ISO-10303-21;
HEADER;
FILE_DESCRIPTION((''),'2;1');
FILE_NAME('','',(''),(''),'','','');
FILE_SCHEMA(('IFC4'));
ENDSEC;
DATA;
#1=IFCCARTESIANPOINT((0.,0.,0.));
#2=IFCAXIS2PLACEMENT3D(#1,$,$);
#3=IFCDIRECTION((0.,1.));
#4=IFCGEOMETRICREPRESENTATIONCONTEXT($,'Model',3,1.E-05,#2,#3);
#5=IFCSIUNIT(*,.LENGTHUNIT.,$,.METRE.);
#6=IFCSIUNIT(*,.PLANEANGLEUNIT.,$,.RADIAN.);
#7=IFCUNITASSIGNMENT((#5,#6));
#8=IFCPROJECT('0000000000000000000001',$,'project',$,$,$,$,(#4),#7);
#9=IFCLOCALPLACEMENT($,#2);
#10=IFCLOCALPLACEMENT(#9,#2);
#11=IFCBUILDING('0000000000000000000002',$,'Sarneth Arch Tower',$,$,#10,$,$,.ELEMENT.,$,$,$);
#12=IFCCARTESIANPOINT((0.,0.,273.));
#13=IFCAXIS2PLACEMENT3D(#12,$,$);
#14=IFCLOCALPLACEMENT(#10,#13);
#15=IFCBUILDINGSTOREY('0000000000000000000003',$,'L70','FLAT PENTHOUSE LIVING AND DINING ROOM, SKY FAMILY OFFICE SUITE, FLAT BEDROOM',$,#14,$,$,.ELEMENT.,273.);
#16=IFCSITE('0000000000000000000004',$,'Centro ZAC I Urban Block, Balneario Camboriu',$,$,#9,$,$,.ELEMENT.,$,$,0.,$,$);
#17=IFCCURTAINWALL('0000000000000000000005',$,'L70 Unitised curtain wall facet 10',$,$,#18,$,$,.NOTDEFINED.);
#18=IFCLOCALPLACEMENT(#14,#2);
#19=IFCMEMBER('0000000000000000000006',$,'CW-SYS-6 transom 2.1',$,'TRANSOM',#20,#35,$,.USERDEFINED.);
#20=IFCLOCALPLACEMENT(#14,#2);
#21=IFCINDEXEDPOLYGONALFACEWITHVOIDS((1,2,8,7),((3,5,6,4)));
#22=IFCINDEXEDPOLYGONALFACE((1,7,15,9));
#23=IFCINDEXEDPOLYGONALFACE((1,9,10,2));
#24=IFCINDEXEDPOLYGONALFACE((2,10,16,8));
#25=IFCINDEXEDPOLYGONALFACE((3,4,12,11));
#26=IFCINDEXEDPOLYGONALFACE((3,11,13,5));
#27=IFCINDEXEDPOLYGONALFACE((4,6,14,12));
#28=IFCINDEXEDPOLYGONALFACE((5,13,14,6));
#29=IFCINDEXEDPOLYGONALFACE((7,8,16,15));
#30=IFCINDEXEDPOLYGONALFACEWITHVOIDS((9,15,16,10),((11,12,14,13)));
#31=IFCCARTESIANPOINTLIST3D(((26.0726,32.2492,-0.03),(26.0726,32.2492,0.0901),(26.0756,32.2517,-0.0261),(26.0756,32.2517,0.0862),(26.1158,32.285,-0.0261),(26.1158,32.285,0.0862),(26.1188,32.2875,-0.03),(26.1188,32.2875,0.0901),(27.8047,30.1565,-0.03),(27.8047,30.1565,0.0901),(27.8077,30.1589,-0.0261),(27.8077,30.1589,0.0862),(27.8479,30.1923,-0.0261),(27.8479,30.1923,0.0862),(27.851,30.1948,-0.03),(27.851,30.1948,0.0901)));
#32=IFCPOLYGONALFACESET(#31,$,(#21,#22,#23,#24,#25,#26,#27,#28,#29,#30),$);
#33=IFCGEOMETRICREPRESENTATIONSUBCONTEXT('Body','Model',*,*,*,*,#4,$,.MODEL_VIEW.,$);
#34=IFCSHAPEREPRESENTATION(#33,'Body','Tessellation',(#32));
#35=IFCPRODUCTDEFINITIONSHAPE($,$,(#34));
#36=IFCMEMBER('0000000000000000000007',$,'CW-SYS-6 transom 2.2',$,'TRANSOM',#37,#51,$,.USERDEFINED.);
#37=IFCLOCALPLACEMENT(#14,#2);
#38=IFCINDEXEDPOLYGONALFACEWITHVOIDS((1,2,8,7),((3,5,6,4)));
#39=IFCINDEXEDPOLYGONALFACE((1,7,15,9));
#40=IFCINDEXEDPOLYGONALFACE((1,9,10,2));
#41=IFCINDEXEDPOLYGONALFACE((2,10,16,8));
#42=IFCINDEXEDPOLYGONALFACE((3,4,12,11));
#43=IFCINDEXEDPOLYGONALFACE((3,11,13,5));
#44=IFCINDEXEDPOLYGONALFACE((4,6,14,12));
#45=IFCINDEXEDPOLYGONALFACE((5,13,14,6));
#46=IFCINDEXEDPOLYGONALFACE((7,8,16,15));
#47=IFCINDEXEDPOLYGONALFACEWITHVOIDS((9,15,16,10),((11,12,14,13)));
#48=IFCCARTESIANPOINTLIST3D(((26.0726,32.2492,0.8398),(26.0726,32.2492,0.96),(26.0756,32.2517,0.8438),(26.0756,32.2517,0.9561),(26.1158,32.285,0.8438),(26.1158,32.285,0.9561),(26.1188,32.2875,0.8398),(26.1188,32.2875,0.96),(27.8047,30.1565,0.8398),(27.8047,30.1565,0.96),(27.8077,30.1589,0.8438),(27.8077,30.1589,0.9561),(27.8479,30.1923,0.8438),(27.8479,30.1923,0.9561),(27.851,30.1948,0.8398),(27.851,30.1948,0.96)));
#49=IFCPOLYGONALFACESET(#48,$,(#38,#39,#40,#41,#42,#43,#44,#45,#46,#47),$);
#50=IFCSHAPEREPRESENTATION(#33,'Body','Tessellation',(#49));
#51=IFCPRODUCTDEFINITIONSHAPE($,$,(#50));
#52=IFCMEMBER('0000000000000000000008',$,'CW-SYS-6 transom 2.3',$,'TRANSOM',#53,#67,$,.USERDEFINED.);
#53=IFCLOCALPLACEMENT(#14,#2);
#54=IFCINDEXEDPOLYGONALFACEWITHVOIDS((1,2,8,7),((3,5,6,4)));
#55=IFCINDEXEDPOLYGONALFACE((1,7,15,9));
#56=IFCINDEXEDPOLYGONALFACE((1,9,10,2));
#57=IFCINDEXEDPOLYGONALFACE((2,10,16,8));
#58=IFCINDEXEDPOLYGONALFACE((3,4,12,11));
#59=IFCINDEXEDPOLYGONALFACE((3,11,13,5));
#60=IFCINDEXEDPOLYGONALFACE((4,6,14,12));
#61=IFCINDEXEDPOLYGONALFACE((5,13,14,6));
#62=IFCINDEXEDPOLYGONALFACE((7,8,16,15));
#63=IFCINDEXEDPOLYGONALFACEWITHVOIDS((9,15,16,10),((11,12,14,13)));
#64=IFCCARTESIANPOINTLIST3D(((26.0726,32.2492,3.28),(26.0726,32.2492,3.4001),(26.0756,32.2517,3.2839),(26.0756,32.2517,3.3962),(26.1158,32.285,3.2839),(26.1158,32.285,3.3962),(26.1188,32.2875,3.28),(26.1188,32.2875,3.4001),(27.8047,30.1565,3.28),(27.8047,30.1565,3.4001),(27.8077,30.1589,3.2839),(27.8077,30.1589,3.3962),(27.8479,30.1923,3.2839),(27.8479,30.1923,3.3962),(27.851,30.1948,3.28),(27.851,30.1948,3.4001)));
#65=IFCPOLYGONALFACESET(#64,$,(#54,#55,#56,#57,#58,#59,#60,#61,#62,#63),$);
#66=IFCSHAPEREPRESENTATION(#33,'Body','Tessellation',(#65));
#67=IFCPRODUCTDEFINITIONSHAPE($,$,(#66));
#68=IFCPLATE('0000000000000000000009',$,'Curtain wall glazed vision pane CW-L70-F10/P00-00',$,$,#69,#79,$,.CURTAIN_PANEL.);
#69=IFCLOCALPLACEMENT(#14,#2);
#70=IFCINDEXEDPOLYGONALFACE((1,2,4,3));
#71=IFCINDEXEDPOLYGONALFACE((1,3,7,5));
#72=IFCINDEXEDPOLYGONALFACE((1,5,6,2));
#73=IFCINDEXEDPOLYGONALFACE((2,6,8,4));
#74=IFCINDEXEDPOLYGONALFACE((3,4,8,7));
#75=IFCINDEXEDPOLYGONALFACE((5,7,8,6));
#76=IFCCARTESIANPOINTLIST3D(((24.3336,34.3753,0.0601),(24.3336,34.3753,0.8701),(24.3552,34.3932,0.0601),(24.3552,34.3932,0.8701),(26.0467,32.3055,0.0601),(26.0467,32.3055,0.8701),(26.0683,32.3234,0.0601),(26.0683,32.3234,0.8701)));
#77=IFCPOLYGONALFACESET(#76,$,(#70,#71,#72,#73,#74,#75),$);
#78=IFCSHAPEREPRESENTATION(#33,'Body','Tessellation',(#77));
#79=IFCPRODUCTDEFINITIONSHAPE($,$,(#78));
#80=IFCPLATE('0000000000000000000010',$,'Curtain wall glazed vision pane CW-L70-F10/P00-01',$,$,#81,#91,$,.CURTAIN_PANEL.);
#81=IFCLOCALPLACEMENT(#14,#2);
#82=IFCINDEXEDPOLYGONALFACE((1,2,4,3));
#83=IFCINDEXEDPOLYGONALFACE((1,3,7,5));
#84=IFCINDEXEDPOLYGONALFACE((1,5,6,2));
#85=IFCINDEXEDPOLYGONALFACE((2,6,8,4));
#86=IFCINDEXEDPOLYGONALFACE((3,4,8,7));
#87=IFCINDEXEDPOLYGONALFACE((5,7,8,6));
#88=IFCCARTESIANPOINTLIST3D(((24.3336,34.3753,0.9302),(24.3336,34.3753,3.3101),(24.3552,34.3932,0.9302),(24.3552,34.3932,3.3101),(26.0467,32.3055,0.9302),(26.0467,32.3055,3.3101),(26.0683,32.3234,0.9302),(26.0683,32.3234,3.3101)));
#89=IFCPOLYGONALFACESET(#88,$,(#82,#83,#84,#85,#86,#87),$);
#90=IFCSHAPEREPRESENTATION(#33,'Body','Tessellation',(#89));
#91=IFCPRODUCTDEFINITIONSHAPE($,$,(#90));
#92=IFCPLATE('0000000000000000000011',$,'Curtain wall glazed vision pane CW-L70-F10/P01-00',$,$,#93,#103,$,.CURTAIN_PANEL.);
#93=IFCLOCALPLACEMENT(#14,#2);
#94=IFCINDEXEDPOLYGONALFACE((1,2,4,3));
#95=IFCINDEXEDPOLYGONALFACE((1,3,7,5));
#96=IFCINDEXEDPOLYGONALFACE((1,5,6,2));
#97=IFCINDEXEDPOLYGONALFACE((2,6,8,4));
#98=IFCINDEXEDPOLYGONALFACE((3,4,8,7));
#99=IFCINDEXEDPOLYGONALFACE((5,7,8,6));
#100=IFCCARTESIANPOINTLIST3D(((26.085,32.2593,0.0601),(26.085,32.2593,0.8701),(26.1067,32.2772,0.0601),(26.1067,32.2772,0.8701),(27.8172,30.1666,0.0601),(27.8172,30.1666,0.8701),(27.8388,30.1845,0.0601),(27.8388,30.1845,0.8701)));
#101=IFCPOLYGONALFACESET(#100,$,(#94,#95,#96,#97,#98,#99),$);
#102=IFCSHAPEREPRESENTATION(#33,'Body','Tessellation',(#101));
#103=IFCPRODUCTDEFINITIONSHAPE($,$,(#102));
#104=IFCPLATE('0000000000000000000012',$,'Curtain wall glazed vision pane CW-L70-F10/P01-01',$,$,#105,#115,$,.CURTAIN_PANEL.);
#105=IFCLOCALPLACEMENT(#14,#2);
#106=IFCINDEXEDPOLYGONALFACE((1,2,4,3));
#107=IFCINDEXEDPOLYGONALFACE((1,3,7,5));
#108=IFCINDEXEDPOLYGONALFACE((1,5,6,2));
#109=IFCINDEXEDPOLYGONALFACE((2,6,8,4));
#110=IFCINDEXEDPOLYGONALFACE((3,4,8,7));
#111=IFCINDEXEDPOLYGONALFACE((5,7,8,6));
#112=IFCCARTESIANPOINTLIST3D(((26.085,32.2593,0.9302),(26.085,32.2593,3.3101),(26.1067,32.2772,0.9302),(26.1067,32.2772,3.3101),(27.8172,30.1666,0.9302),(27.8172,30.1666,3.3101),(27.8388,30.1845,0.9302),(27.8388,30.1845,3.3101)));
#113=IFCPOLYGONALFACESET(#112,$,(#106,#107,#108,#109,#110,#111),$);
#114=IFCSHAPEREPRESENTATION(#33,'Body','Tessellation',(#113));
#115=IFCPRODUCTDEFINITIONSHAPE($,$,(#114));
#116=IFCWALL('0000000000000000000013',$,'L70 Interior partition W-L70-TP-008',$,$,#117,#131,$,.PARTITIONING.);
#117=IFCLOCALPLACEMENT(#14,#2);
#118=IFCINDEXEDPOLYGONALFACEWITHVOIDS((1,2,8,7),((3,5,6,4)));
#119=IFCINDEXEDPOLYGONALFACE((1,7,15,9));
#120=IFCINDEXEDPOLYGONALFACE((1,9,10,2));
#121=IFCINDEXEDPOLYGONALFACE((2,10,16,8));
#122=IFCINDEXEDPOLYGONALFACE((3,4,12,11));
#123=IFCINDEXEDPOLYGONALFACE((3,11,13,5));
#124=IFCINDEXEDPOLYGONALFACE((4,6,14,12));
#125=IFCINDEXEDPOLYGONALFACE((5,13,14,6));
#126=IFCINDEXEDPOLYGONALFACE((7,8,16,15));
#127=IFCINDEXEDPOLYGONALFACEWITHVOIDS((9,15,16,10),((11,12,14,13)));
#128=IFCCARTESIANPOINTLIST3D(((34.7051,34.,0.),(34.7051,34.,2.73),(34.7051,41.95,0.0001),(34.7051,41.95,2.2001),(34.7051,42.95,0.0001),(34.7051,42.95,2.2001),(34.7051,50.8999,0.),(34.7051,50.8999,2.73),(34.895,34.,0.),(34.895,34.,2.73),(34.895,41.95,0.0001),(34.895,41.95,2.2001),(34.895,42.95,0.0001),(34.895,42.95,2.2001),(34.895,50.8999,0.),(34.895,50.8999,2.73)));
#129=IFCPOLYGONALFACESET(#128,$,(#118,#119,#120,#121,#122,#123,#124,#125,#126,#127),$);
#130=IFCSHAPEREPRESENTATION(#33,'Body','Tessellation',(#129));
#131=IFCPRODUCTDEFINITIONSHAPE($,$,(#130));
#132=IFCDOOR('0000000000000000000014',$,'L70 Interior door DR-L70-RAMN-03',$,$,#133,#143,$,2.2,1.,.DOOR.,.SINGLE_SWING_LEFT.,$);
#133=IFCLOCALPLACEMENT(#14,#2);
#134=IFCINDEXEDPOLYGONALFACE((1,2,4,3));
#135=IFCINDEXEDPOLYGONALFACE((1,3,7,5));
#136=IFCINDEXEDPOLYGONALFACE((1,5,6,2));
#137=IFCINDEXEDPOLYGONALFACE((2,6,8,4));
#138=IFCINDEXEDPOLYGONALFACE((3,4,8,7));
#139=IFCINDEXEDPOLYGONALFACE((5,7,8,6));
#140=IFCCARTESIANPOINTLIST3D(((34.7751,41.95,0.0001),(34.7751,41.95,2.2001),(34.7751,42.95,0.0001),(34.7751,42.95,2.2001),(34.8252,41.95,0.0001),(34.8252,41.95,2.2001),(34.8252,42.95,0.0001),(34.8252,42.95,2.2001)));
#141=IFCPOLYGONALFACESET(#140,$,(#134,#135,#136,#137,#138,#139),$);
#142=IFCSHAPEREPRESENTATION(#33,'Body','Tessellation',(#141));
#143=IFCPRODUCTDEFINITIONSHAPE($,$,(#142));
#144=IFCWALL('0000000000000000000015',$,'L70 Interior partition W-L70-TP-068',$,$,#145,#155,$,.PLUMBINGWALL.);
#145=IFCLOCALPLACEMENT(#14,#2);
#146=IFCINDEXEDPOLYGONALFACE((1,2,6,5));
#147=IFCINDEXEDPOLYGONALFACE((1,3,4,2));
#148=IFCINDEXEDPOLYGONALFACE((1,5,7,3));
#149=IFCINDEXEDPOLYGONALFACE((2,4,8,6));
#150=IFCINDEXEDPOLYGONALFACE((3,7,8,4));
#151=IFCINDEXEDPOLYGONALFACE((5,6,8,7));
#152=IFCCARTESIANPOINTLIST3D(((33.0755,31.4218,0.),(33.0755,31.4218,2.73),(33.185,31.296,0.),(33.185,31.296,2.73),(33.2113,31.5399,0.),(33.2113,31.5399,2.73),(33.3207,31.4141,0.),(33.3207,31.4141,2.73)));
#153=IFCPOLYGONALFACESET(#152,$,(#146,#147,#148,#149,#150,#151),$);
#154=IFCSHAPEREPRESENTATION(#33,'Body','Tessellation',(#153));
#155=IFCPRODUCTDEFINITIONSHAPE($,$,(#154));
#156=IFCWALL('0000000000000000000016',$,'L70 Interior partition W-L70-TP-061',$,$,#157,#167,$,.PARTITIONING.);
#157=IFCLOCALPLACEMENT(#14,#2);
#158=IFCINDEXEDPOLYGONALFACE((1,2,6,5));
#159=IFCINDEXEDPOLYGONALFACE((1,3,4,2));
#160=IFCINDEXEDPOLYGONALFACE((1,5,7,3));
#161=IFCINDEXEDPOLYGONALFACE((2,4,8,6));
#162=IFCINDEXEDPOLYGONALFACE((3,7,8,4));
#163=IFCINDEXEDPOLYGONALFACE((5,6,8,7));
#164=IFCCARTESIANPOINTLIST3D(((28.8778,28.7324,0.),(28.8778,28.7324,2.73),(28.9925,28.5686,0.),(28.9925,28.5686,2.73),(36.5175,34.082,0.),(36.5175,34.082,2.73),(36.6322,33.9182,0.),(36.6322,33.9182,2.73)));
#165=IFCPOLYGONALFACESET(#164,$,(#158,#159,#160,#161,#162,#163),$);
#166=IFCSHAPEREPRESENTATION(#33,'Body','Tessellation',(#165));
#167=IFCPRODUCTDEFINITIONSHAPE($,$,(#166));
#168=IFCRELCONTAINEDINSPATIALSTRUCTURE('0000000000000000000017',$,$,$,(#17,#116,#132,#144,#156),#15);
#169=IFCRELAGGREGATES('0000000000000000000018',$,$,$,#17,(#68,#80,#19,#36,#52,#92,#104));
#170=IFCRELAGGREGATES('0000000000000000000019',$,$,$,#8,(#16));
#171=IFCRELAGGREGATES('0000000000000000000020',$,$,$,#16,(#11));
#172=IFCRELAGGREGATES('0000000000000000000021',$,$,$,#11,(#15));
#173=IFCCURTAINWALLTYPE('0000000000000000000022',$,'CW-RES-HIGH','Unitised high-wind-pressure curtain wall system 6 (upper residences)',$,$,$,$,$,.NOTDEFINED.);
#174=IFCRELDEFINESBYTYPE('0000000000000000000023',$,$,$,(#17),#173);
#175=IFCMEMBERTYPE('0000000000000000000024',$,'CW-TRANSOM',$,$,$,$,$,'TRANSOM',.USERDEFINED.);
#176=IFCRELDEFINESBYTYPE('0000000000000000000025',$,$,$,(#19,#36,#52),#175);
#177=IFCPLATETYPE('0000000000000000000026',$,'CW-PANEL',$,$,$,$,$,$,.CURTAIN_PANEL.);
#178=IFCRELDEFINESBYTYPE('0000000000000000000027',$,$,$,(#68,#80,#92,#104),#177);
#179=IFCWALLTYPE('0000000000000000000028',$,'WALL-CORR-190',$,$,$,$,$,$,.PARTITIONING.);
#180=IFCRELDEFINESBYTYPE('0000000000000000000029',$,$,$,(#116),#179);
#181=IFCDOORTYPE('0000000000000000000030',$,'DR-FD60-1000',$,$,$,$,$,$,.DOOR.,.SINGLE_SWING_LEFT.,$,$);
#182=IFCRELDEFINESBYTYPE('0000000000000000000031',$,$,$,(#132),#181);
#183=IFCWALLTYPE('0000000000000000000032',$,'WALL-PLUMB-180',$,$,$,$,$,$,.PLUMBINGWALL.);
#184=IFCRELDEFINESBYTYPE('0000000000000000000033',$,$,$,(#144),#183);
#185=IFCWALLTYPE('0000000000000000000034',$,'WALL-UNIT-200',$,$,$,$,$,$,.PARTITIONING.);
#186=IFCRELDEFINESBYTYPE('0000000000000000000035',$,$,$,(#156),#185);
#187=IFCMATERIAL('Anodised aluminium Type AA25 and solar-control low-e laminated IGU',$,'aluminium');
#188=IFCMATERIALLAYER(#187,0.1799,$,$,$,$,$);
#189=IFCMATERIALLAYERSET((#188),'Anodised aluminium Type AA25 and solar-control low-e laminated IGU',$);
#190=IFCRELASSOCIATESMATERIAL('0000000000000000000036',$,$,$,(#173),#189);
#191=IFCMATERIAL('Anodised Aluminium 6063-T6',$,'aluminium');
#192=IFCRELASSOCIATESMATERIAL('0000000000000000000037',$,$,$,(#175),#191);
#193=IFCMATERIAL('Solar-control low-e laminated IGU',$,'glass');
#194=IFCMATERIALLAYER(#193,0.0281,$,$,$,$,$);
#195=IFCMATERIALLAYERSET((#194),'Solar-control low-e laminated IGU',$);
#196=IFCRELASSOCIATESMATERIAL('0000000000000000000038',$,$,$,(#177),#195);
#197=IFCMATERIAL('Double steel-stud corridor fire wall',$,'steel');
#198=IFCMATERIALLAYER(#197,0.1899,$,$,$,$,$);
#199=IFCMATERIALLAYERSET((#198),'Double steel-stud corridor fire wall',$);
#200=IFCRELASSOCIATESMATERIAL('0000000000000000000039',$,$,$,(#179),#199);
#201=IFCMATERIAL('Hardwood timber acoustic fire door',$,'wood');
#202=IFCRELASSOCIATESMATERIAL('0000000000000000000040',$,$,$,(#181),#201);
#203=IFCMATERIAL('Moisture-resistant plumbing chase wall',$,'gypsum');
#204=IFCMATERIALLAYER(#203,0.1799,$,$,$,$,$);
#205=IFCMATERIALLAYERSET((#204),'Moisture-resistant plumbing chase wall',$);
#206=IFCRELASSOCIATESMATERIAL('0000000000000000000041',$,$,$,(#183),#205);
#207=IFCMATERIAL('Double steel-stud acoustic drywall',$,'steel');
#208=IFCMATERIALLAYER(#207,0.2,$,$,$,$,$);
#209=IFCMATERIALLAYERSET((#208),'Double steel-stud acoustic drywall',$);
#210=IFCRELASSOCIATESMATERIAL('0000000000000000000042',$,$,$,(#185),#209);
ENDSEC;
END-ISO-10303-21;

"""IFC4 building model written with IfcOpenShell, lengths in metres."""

from ifc_helpers import new_model, si_unit, direction, frame, frame_2d, origin, origin_2d, place, context, subcontext, project, spatial, rectangle, hollow_rectangle, extrude, material, layer, layer_set, material_profile, profile_set, type_object, element, fill, aggregate, save


model = new_model("IFC4")

# Units and contexts
model_context = context("Model", 3, precision=1e-05, world=origin(), true_north=direction((0.0, 1.0)))
body_context = subcontext(model_context, "Body", "Model", "MODEL_VIEW")
ifc_project = project(units=[si_unit("LENGTHUNIT", "METRE"), si_unit("PLANEANGLEUNIT", "RADIAN")], contexts=[model_context])

# Site, building, storey
site_placement = place(None, origin())
site = spatial("IfcSite", under=ifc_project, at=site_placement, Name="Centro ZAC I Urban Block, Balneario Camboriu", CompositionType="ELEMENT", RefElevation=0.0)
building_placement = place(site_placement, origin())
building = spatial("IfcBuilding", under=site, at=building_placement, Name="Sarneth Arch Tower", CompositionType="ELEMENT")
storey_placement = place(building_placement, frame((0.0, 0.0, 273.0)))
storey = spatial("IfcBuildingStorey", under=building, at=storey_placement, Name="L70", Description="FLAT PENTHOUSE LIVING AND DINING ROOM, SKY FAMILY OFFICE SUITE, FLAT BEDROOM", CompositionType="ELEMENT", Elevation=273.0)

# Curtain wall, members, plates
ifc_material_1 = material(Name="Anodised aluminium Type AA25 and solar-control low-e laminated IGU", Category="aluminium")
ifc_layer_1 = layer(ifc_material_1, 0.1799)
ifc_layer_set_1 = layer_set([ifc_layer_1], Name="Anodised aluminium Type AA25 and solar-control low-e laminated IGU")
curtain_wall_type = type_object("IfcCurtainWallType", Name="CW-RES-HIGH", Description="Unitised high-wind-pressure curtain wall system 6 (upper residences)", PredefinedType="NOTDEFINED", material=ifc_layer_set_1)
curtain_wall_placement = place(storey_placement, origin())
curtain_wall = element("IfcCurtainWall", 1, at=curtain_wall_placement, inside=storey, type_object=curtain_wall_type, Name="L70 Unitised curtain wall facet 10", PredefinedType="NOTDEFINED")
ifc_material_2 = material(Name="Anodised Aluminium 6063-T6", Category="aluminium")
ifc_material_profile_1 = material_profile(ifc_material_2, hollow_rectangle(XDim=0.0601, YDim=0.1201, WallThickness=0.0039, at=origin_2d()), Name="AL-TRAN-120x60x4")
ifc_profile_set_1 = profile_set([ifc_material_profile_1], Name="Anodised Aluminium 6063-T6")
member_type_1 = type_object("IfcMemberType", Name="CW-TRANSOM", ElementType="TRANSOM", PredefinedType="USERDEFINED", material=ifc_profile_set_1)
member_1_placement = place(storey_placement, frame((26.0957, 32.2683, 0.03), z_axis=(0.637617, -0.770353, 0.0), x_axis=(0.770353, 0.637617, 0.0)))
member_1 = element("IfcMember", 2, at=member_1_placement, type_object=member_type_1, Name="CW-SYS-6 transom 2.1", ObjectType="TRANSOM", PredefinedType="USERDEFINED", context=body_context, shape_type="SweptSolid", body=[
    extrude(hollow_rectangle(XDim=0.0601, YDim=0.1201, WallThickness=0.0039, at=origin_2d()), origin(), (0.0, 0.0, 1.0), 2.7166),
])
member_2_placement = place(storey_placement, frame((26.0957, 32.2683, 0.8999), z_axis=(0.637617, -0.770353, 0.0), x_axis=(0.770353, 0.637617, 0.0)))
member_2 = element("IfcMember", 3, at=member_2_placement, type_object=member_type_1, Name="CW-SYS-6 transom 2.2", ObjectType="TRANSOM", PredefinedType="USERDEFINED", context=body_context, shape_type="SweptSolid", body=[
    extrude(hollow_rectangle(XDim=0.0601, YDim=0.1201, WallThickness=0.0039, at=origin_2d()), origin(), (0.0, 0.0, 1.0), 2.7166),
])
member_3_placement = place(storey_placement, frame((26.0957, 32.2683, 3.3401), z_axis=(0.637617, -0.770353, 0.0), x_axis=(0.770353, 0.637617, 0.0)))
member_3 = element("IfcMember", 4, at=member_3_placement, type_object=member_type_1, Name="CW-SYS-6 transom 2.3", ObjectType="TRANSOM", PredefinedType="USERDEFINED", context=body_context, shape_type="SweptSolid", body=[
    extrude(hollow_rectangle(XDim=0.0601, YDim=0.1201, WallThickness=0.0039, at=origin_2d()), origin(), (0.0, 0.0, 1.0), 2.7166),
])
ifc_material_3 = material(Name="Solar-control low-e laminated IGU", Category="glass")
ifc_layer_2 = layer(ifc_material_3, 0.0281)
ifc_layer_set_2 = layer_set([ifc_layer_2], Name="Solar-control low-e laminated IGU")
plate_type = type_object("IfcPlateType", Name="CW-PANEL", PredefinedType="CURTAIN_PANEL", material=ifc_layer_set_2)
plate_1_placement = place(storey_placement, frame((25.2009, 33.3494, 0.0601), z_axis=(0.0, 0.0, 1.0), x_axis=(0.63761, -0.770359, 0.0)))
plate_1 = element("IfcPlate", 5, at=plate_1_placement, type_object=plate_type, Name="Curtain wall glazed vision pane CW-L70-F10/P00-00", PredefinedType="CURTAIN_PANEL", context=body_context, shape_type="SweptSolid", body=[
    extrude(rectangle(XDim=2.6868, YDim=0.0281, at=origin_2d()), origin(), (0.0, 0.0, 1.0), 0.8101),
])
plate_2_placement = place(storey_placement, frame((25.2009, 33.3494, 0.9302), z_axis=(0.0, 0.0, 1.0), x_axis=(0.63761, -0.770359, 0.0)))
plate_2 = element("IfcPlate", 6, at=plate_2_placement, type_object=plate_type, Name="Curtain wall glazed vision pane CW-L70-F10/P00-01", PredefinedType="CURTAIN_PANEL", context=body_context, shape_type="SweptSolid", body=[
    extrude(rectangle(XDim=2.6868, YDim=0.0281, at=origin_2d()), origin(), (0.0, 0.0, 1.0), 2.3799),
])
plate_3_placement = place(storey_placement, frame((26.9619, 31.2219, 0.0601), z_axis=(0.0, 0.0, 1.0), x_axis=(0.63761, -0.770359, 0.0)))
plate_3 = element("IfcPlate", 7, at=plate_3_placement, type_object=plate_type, Name="Curtain wall glazed vision pane CW-L70-F10/P01-00", PredefinedType="CURTAIN_PANEL", context=body_context, shape_type="SweptSolid", body=[
    extrude(rectangle(XDim=2.7166, YDim=0.0281, at=origin_2d()), origin(), (0.0, 0.0, 1.0), 0.8101),
])
plate_4_placement = place(storey_placement, frame((26.9619, 31.2219, 0.9302), z_axis=(0.0, 0.0, 1.0), x_axis=(0.63761, -0.770359, 0.0)))
plate_4 = element("IfcPlate", 8, at=plate_4_placement, type_object=plate_type, Name="Curtain wall glazed vision pane CW-L70-F10/P01-01", PredefinedType="CURTAIN_PANEL", context=body_context, shape_type="SweptSolid", body=[
    extrude(rectangle(XDim=2.7166, YDim=0.0281, at=origin_2d()), origin(), (0.0, 0.0, 1.0), 2.3799),
])
aggregate(curtain_wall, [plate_1, plate_2, member_1, member_2, member_3, plate_3, plate_4])

# Wall, opening, door
ifc_material_4 = material(Name="Double steel-stud corridor fire wall", Category="steel")
ifc_layer_3 = layer(ifc_material_4, 0.1899)
ifc_layer_set_3 = layer_set([ifc_layer_3], Name="Double steel-stud corridor fire wall")
wall_type_1 = type_object("IfcWallType", Name="WALL-CORR-190", PredefinedType="PARTITIONING", material=ifc_layer_set_3)
wall_1_placement = place(storey_placement, frame((34.8, 34.0, 0.0), z_axis=(0.0, 0.0, 1.0), x_axis=(0.0, 1.0, 0.0)))
wall_1 = element("IfcWall", 9, at=wall_1_placement, inside=storey, type_object=wall_type_1, Name="L70 Interior partition W-L70-TP-008", PredefinedType="PARTITIONING", context=body_context, shape_type="SweptSolid", body=[
    extrude(rectangle(XDim=16.8999, YDim=0.1899, at=frame_2d((8.45, 0.0))), origin(), (0.0, 0.0, 1.0), 2.73),
])
opening_placement = place(wall_1_placement, frame((7.95, 0.0, 0.0)))
opening = element("IfcOpeningElement", 10, at=opening_placement, cuts=wall_1, PredefinedType="OPENING", context=body_context, shape_type="SweptSolid", body=[
    extrude(rectangle(XDim=1.0, YDim=2.2, at=frame_2d((0.5, 1.1001))), frame((0.0, 0.105, 0.0), z_axis=(0.0, -1.0, 0.0), x_axis=(1.0, 0.0, 0.0)), (0.0, 0.0, 1.0), 0.21),
])
ifc_material_5 = material(Name="Hardwood timber acoustic fire door", Category="wood")
door_type = type_object("IfcDoorType", Name="DR-FD60-1000", OperationType="SINGLE_SWING_LEFT", PredefinedType="DOOR", material=ifc_material_5)
door_placement = place(opening_placement, origin())
door = element("IfcDoor", 11, at=door_placement, inside=storey, type_object=door_type, Name="L70 Interior door DR-L70-RAMN-03", OperationType="SINGLE_SWING_LEFT", OverallHeight=2.2, OverallWidth=1.0, PredefinedType="DOOR", context=body_context, shape_type="SweptSolid", body=[
    extrude(rectangle(XDim=1.0, YDim=2.2, at=frame_2d((0.5, 1.1001))), frame((0.0, 0.0249, 0.0), z_axis=(0.0, -1.0, 0.0), x_axis=(1.0, 0.0, 0.0)), (0.0, 0.0, 1.0), 0.05),
])
fill(opening, door)

# Walls
ifc_material_6 = material(Name="Moisture-resistant plumbing chase wall", Category="gypsum")
ifc_layer_4 = layer(ifc_material_6, 0.1799)
ifc_layer_set_4 = layer_set([ifc_layer_4], Name="Moisture-resistant plumbing chase wall")
wall_type_2 = type_object("IfcWallType", Name="WALL-PLUMB-180", PredefinedType="PLUMBINGWALL", material=ifc_layer_set_4)
wall_2_placement = place(storey_placement, frame((33.2529, 31.355, 0.0), z_axis=(0.0, 0.0, 1.0), x_axis=(-0.656324, 0.754479, 0.0)))
element("IfcWall", 12, at=wall_2_placement, inside=storey, type_object=wall_type_2, Name="L70 Interior partition W-L70-TP-068", PredefinedType="PLUMBINGWALL", context=body_context, shape_type="SweptSolid", body=[
    extrude(rectangle(XDim=0.1667, YDim=0.1799, at=frame_2d((0.0835, 0.0))), origin(), (0.0, 0.0, 1.0), 2.73),
])
ifc_material_7 = material(Name="Double steel-stud acoustic drywall", Category="steel")
ifc_layer_5 = layer(ifc_material_7, 0.2)
ifc_layer_set_5 = layer_set([ifc_layer_5], Name="Double steel-stud acoustic drywall")
wall_type_3 = type_object("IfcWallType", Name="WALL-UNIT-200", PredefinedType="PARTITIONING", material=ifc_layer_set_5)
wall_3_placement = place(storey_placement, frame((36.5747, 34.0, 0.0), z_axis=(0.0, 0.0, 1.0), x_axis=(-0.819138, -0.573596, 0.0)))
element("IfcWall", 13, at=wall_3_placement, inside=storey, type_object=wall_type_3, Name="L70 Interior partition W-L70-TP-061", PredefinedType="PARTITIONING", context=body_context, shape_type="SweptSolid", body=[
    extrude(rectangle(XDim=9.3264, YDim=0.2, at=frame_2d((4.6631, 0.0))), origin(), (0.0, 0.0, 1.0), 2.73),
])

save(model, "model.ifc")
